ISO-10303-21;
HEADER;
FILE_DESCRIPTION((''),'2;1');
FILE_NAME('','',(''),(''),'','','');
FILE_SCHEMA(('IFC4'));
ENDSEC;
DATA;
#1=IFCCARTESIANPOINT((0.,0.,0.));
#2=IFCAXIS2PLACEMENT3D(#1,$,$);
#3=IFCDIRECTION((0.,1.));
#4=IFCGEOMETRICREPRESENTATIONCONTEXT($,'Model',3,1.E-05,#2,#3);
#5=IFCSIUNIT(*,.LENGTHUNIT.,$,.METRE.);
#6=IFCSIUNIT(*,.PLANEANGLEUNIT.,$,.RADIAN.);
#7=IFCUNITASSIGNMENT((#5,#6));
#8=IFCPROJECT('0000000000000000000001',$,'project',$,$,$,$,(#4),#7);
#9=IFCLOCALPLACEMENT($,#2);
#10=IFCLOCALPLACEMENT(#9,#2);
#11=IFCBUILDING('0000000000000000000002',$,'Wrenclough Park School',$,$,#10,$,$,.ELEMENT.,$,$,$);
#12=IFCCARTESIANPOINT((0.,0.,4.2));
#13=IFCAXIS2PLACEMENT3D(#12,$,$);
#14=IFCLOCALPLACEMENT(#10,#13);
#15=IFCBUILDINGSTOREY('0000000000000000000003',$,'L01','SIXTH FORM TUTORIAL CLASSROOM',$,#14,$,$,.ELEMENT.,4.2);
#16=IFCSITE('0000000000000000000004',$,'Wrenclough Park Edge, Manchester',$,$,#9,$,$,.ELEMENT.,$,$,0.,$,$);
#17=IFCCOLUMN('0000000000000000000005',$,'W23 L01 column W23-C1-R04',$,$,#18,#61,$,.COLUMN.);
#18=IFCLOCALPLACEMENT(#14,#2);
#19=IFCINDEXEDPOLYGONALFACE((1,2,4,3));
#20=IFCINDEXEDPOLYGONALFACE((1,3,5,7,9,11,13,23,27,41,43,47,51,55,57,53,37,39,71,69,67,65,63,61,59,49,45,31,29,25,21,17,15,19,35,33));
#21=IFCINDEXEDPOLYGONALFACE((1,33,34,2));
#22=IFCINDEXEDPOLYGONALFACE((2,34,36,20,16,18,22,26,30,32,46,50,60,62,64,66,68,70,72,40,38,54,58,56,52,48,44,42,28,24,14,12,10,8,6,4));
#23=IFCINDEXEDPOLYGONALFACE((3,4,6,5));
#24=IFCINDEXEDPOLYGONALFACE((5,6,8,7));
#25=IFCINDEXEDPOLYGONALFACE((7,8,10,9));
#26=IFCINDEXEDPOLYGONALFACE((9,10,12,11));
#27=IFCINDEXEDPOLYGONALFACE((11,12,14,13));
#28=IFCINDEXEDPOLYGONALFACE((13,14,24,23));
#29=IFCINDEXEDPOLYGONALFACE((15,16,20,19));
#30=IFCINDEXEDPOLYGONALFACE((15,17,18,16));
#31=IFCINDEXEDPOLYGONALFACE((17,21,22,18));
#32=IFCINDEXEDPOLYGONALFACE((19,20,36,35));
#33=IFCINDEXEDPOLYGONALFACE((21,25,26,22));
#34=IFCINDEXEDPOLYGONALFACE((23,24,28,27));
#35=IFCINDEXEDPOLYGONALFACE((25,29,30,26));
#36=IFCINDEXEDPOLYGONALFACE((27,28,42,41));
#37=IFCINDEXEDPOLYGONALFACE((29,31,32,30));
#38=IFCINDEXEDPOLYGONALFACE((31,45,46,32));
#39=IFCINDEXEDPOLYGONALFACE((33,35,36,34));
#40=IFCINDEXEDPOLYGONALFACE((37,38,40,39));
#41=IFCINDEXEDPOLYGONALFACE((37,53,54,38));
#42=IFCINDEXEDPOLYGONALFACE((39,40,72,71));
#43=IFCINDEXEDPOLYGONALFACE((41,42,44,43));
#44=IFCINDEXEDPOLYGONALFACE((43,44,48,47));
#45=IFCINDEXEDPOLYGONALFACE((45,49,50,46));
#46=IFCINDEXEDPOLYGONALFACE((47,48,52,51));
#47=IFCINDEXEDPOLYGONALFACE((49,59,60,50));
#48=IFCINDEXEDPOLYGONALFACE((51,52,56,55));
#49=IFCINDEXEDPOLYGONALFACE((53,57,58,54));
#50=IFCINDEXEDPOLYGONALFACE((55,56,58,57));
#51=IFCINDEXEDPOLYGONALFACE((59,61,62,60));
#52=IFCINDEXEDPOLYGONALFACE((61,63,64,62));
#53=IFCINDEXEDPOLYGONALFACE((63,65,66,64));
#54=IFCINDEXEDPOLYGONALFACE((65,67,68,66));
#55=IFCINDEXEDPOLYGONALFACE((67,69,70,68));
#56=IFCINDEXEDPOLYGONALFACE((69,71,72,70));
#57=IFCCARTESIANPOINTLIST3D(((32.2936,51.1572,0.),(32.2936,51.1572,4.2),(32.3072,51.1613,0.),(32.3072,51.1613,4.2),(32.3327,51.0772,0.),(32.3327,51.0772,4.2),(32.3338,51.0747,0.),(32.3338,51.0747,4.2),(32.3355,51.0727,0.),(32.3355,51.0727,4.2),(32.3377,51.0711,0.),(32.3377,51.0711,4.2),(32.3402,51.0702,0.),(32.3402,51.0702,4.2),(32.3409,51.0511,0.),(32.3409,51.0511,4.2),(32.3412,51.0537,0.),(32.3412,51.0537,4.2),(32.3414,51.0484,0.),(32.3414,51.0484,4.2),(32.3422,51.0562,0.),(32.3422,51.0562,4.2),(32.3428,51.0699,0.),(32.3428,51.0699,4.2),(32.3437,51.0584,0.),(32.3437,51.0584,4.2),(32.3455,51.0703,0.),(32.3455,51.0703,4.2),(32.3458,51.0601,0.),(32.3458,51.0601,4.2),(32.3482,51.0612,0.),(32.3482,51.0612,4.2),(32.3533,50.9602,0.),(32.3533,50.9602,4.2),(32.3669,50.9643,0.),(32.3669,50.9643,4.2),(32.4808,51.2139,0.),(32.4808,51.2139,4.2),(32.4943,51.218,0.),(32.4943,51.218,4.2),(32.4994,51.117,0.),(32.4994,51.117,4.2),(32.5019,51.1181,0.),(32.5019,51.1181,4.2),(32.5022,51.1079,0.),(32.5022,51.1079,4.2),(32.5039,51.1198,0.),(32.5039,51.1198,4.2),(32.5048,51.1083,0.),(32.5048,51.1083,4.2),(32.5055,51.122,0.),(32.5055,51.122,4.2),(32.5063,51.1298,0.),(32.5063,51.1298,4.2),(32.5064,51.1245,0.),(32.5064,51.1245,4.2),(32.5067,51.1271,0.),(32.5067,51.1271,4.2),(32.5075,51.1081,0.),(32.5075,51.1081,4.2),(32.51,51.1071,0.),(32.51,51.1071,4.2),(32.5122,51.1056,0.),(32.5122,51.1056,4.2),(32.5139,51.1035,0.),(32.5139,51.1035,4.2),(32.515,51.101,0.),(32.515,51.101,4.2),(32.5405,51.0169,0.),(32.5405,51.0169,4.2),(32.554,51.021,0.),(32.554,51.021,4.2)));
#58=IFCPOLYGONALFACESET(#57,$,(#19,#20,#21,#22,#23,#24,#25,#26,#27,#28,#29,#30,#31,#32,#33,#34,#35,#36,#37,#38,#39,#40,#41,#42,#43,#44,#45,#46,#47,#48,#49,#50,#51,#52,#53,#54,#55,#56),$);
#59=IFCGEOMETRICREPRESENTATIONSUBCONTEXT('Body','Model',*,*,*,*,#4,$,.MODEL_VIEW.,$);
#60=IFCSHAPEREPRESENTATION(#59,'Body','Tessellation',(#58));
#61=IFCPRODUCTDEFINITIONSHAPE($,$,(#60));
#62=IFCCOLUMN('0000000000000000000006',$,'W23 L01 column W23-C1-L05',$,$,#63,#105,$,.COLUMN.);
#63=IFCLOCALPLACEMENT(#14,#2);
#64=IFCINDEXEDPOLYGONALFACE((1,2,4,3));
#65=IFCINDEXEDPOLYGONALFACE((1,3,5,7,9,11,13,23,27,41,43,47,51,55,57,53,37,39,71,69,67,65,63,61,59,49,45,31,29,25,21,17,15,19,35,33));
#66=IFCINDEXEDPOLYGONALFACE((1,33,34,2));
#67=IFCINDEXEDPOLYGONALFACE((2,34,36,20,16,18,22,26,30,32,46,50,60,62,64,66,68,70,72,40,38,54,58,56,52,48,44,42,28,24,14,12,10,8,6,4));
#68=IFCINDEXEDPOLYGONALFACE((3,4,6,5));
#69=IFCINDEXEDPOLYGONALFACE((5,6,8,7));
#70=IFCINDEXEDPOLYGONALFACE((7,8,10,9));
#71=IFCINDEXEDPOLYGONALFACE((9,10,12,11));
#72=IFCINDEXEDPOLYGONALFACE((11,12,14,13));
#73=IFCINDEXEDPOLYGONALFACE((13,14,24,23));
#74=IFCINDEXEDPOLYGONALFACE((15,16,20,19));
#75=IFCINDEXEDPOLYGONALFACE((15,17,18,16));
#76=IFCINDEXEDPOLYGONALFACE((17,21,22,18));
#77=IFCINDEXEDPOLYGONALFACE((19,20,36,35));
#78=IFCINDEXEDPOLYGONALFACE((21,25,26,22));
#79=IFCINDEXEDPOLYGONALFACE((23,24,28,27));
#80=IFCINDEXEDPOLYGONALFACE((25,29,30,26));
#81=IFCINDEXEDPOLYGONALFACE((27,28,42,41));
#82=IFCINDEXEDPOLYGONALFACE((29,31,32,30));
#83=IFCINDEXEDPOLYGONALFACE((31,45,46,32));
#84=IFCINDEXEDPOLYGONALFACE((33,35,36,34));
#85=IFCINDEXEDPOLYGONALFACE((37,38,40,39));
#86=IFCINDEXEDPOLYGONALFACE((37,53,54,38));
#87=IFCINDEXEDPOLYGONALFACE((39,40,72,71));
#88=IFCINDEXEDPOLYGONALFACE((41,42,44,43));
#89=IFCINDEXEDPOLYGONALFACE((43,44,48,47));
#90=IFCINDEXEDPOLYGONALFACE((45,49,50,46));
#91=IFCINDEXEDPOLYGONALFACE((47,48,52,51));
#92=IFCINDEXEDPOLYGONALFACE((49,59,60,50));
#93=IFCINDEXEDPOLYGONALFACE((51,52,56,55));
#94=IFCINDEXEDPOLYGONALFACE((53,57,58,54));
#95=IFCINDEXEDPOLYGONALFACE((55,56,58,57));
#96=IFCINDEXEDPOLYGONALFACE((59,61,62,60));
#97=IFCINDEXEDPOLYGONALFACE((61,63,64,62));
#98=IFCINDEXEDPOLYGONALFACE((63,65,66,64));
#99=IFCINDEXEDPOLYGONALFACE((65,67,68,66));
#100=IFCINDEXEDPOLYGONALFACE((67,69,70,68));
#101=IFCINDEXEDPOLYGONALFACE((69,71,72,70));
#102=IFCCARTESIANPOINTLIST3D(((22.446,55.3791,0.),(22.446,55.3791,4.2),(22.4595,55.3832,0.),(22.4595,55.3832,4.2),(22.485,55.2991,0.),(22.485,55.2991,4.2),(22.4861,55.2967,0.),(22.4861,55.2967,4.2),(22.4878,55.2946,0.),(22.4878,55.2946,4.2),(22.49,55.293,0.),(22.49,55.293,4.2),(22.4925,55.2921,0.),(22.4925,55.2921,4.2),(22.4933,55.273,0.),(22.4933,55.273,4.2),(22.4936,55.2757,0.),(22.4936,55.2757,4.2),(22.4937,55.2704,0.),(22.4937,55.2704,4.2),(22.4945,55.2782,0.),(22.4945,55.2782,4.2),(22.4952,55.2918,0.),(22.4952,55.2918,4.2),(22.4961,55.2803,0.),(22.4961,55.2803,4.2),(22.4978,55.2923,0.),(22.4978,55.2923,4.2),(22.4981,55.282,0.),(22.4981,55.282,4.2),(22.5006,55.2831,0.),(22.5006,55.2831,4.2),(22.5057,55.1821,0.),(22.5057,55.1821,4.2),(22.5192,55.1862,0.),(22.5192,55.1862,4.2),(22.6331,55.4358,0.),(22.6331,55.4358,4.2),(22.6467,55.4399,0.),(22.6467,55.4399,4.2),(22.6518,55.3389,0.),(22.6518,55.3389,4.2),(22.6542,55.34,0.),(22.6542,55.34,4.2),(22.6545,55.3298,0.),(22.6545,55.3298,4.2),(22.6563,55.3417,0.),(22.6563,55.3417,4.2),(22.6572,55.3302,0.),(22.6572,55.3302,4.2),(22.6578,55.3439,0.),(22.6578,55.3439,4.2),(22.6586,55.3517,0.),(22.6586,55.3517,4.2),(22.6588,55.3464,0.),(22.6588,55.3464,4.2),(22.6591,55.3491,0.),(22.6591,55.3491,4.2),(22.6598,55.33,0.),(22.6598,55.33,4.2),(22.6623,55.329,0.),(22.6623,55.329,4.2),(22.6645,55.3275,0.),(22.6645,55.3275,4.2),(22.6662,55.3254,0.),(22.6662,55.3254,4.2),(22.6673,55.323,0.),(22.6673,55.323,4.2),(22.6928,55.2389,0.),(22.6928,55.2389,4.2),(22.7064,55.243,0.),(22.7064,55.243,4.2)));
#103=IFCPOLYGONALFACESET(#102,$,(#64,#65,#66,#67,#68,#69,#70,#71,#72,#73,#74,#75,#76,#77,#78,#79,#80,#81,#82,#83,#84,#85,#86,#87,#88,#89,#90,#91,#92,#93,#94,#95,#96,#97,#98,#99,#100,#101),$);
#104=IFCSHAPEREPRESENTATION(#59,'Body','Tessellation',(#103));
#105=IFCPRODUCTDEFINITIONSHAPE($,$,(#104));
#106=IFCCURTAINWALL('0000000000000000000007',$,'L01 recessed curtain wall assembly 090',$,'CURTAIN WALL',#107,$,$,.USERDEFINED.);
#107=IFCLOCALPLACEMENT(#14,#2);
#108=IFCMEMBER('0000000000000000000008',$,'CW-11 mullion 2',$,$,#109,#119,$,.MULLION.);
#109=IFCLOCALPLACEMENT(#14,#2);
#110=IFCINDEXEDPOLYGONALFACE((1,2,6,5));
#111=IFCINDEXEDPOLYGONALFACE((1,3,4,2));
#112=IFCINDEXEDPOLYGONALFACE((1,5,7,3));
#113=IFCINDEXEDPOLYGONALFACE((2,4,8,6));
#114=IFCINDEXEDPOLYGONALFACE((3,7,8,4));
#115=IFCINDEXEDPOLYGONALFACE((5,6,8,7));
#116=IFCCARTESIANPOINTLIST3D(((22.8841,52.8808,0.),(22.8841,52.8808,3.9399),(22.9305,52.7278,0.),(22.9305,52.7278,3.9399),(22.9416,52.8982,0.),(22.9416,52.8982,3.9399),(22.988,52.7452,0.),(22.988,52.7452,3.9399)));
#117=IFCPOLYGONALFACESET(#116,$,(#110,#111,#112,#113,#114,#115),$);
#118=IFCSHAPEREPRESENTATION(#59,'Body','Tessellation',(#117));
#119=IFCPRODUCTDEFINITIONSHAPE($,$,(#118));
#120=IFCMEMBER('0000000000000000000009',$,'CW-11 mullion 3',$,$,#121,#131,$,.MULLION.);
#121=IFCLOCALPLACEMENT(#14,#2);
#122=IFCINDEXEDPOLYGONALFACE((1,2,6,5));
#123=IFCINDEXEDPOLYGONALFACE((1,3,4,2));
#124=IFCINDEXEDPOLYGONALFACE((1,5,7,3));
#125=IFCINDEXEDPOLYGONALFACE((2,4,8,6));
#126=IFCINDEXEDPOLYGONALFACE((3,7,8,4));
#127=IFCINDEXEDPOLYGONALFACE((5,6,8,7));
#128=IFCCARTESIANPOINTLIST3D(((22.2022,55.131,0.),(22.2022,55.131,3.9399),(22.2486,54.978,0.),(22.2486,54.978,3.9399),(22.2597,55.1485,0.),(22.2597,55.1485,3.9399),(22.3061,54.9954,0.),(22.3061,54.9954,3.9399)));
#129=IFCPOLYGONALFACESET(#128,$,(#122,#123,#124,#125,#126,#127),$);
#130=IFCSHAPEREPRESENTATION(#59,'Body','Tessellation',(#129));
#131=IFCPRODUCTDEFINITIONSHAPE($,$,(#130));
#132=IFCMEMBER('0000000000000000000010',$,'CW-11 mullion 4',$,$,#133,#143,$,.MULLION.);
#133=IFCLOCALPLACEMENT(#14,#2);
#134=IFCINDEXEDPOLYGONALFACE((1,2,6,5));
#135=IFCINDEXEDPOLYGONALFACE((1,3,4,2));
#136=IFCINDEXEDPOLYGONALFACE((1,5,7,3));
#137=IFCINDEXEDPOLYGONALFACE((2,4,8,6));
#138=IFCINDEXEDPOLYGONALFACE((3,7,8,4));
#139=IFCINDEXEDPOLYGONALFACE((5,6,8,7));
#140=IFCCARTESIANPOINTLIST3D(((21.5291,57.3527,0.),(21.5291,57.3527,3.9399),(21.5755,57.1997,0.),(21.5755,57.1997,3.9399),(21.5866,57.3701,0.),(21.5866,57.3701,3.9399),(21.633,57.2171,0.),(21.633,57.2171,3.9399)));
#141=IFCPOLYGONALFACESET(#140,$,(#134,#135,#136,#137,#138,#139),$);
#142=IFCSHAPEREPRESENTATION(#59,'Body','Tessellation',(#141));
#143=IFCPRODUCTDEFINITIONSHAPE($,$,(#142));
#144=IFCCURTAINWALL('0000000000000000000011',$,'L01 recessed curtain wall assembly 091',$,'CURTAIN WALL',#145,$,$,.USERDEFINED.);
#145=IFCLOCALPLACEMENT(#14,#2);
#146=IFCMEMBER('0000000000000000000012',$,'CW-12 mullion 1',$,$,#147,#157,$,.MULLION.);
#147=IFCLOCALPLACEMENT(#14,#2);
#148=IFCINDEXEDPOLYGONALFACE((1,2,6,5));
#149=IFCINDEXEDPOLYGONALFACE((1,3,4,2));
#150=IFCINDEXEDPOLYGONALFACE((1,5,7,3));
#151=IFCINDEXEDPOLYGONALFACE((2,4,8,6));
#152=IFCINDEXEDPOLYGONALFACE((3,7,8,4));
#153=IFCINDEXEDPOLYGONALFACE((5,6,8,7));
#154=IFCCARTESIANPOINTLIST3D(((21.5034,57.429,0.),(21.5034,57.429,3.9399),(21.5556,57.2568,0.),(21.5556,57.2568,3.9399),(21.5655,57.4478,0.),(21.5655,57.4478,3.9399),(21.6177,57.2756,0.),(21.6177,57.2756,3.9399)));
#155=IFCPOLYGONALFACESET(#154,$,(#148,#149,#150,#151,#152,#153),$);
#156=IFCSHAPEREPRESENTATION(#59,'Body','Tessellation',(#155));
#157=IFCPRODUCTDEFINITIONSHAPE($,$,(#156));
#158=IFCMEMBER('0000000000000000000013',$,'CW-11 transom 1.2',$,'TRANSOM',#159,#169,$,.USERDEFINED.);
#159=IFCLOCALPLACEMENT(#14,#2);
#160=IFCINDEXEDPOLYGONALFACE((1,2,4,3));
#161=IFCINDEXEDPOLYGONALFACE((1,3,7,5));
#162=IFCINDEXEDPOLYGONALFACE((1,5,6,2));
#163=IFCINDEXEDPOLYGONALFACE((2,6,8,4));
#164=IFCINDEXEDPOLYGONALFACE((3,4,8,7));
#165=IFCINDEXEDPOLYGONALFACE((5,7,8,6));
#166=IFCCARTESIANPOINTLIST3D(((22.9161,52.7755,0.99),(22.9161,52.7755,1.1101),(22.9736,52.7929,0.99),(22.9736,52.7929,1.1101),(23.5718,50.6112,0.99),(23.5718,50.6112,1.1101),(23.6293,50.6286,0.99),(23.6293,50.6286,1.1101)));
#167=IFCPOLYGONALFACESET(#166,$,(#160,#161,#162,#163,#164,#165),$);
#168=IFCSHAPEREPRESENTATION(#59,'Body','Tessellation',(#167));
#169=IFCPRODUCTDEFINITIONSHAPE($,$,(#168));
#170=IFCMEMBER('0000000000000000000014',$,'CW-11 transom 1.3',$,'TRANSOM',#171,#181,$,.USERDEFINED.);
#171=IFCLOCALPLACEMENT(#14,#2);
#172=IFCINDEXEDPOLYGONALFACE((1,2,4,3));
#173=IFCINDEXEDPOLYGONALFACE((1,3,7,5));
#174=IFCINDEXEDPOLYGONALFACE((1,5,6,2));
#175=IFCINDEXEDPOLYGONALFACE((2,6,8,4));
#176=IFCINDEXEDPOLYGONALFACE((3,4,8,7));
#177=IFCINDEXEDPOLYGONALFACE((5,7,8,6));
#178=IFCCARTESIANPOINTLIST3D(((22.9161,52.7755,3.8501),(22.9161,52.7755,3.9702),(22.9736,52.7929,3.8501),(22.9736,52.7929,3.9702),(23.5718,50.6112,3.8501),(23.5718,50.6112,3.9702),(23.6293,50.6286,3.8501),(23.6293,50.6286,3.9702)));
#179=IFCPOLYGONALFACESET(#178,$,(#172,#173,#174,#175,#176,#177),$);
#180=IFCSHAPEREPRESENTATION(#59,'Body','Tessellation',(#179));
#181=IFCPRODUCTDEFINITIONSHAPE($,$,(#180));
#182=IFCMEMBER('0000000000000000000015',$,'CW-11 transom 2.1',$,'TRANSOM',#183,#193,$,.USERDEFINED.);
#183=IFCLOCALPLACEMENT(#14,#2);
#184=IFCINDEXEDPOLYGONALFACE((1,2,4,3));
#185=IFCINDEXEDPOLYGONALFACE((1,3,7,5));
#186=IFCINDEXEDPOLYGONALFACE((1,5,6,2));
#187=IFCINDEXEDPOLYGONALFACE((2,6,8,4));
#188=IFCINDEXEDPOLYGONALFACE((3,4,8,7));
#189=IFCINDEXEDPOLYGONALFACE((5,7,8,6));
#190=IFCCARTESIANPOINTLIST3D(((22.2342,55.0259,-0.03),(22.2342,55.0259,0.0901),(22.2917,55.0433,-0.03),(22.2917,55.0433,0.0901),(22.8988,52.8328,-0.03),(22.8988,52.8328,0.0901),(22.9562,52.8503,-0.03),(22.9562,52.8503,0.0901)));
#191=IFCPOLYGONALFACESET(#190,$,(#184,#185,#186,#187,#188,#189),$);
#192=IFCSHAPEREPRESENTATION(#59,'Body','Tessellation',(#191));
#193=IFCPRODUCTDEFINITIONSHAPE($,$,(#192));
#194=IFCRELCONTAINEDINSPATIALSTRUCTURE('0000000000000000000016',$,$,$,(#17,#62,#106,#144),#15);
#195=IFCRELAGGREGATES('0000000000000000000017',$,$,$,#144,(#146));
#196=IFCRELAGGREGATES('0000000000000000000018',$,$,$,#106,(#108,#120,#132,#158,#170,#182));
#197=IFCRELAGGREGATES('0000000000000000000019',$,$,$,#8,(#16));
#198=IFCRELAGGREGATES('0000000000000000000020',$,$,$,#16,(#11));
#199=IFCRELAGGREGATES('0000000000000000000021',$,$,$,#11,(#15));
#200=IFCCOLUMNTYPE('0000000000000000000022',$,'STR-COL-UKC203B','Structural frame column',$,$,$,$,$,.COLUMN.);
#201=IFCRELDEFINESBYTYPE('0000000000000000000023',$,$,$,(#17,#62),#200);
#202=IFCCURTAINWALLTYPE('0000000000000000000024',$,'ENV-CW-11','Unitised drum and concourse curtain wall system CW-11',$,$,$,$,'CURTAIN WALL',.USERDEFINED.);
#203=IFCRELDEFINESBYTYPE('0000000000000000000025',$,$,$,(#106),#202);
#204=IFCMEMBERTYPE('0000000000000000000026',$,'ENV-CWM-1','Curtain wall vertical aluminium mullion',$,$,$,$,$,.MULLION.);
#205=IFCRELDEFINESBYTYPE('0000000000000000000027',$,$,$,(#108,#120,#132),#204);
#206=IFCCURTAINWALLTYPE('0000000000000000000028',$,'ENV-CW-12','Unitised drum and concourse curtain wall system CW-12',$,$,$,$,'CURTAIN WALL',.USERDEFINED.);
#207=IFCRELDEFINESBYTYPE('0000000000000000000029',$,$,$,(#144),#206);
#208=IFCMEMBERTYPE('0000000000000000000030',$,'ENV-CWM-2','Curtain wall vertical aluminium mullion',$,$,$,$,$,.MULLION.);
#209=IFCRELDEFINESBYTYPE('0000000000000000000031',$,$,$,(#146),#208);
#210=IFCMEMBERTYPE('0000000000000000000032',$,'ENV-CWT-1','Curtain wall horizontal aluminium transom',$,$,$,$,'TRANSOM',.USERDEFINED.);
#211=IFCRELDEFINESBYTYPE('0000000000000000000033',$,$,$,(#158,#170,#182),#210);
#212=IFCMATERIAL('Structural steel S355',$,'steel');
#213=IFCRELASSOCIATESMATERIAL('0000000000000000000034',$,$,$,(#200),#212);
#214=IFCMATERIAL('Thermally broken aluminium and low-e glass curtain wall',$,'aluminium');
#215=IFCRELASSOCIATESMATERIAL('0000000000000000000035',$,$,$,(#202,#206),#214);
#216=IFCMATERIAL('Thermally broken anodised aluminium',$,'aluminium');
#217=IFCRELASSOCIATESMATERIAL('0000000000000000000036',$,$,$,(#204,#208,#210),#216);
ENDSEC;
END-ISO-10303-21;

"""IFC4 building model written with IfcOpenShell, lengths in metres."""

from ifc_helpers import new_model, si_unit, direction, frame, origin, origin_2d, place, context, subcontext, project, spatial, rectangle, i_section, extrude, material, material_profile, profile_set, type_object, element, aggregate, save


model = new_model("IFC4")

# Units and contexts
model_context = context("Model", 3, precision=1e-05, world=origin(), true_north=direction((0.0, 1.0)))
body_context = subcontext(model_context, "Body", "Model", "MODEL_VIEW")
ifc_project = project(units=[si_unit("LENGTHUNIT", "METRE"), si_unit("PLANEANGLEUNIT", "RADIAN")], contexts=[model_context])

# Site, building, storey
site_placement = place(None, origin())
site = spatial("IfcSite", under=ifc_project, at=site_placement, Name="Wrenclough Park Edge, Manchester", CompositionType="ELEMENT", RefElevation=0.0)
building_placement = place(site_placement, origin())
building = spatial("IfcBuilding", under=site, at=building_placement, Name="Wrenclough Park School", CompositionType="ELEMENT")
storey_placement = place(building_placement, frame((0.0, 0.0, 4.2)))
storey = spatial("IfcBuildingStorey", under=building, at=storey_placement, Name="L01", Description="SIXTH FORM TUTORIAL CLASSROOM", CompositionType="ELEMENT", Elevation=4.2)

# Columns
ifc_material_1 = material(Name="Structural steel S355", Category="steel")
ifc_material_profile_1 = material_profile(ifc_material_1, i_section(OverallWidth=0.2058, OverallDepth=0.2097, WebThickness=0.0095, FlangeThickness=0.0142, FilletRadius=0.0103, at=origin_2d()), Name="UKC 203x203x60")
ifc_profile_set_1 = profile_set([ifc_material_profile_1], Name="Structural steel S355")
column_type = type_object("IfcColumnType", Name="STR-COL-UKC203B", Description="Structural frame column", PredefinedType="COLUMN", material=ifc_profile_set_1)
for number, where, z_axis, x_axis, name in (
    (1, (32.4238, 51.0891, 0.0), (0.0, 0.0, 1.0), (-0.290034, 0.957016, 0.0), "W23 L01 column W23-C1-R04"),
    (2, (22.5762, 55.311, 0.0), (0.0, 0.0, 1.0), (-0.290034, 0.957016, 0.0), "W23 L01 column W23-C1-L05"),
):
    element("IfcColumn", number, at=place(storey_placement, frame(where, z_axis=z_axis, x_axis=x_axis)), inside=storey, type_object=column_type, Name=name, PredefinedType="COLUMN", context=body_context, shape_type="SweptSolid", body=[
        extrude(i_section(OverallWidth=0.2058, OverallDepth=0.2097, WebThickness=0.0095, FlangeThickness=0.0142, FilletRadius=0.0103, at=origin_2d()), origin(), (0.0, 0.0, 1.0), 4.2),
    ])

# Curtain wall, members
ifc_material_2 = material(Name="Thermally broken aluminium and low-e glass curtain wall", Category="aluminium")
curtain_wall_type_1 = type_object("IfcCurtainWallType", Name="ENV-CW-11", Description="Unitised drum and concourse curtain wall system CW-11", ElementType="CURTAIN WALL", PredefinedType="USERDEFINED", material=ifc_material_2)
curtain_wall_1_placement = place(storey_placement, origin())
curtain_wall_1 = element("IfcCurtainWall", 3, at=curtain_wall_1_placement, inside=storey, type_object=curtain_wall_type_1, Name="L01 recessed curtain wall assembly 090", ObjectType="CURTAIN WALL", PredefinedType="USERDEFINED")
ifc_material_3 = material(Name="Thermally broken anodised aluminium", Category="aluminium")
ifc_material_profile_2 = material_profile(ifc_material_3, rectangle(XDim=0.0601, YDim=0.1599, at=origin_2d()), Name="AL MULLION 60x160")
ifc_profile_set_2 = profile_set([ifc_material_profile_2], Name="Thermally broken anodised aluminium")
member_type_1 = type_object("IfcMemberType", Name="ENV-CWM-1", Description="Curtain wall vertical aluminium mullion", PredefinedType="MULLION", material=ifc_profile_set_2)
member_1_placement = place(storey_placement, frame((22.936, 52.813, 0.0), z_axis=(0.0, 0.0, 1.0), x_axis=(-0.957029, -0.289992, 0.0)))
member_1 = element("IfcMember", 4, at=member_1_placement, type_object=member_type_1, Name="CW-11 mullion 2", PredefinedType="MULLION", context=body_context, shape_type="SweptSolid", body=[
    extrude(rectangle(XDim=0.0601, YDim=0.1599, at=origin_2d()), origin(), (0.0, 0.0, 1.0), 3.9399),
])
member_2_placement = place(storey_placement, frame((22.2542, 55.0632, 0.0), z_axis=(0.0, 0.0, 1.0), x_axis=(-0.957029, -0.289992, 0.0)))
member_2 = element("IfcMember", 5, at=member_2_placement, type_object=member_type_1, Name="CW-11 mullion 3", PredefinedType="MULLION", context=body_context, shape_type="SweptSolid", body=[
    extrude(rectangle(XDim=0.0601, YDim=0.1599, at=origin_2d()), origin(), (0.0, 0.0, 1.0), 3.9399),
])
member_3_placement = place(storey_placement, frame((21.5811, 57.2849, 0.0), z_axis=(0.0, 0.0, 1.0), x_axis=(-0.957029, -0.289992, 0.0)))
member_3 = element("IfcMember", 6, at=member_3_placement, type_object=member_type_1, Name="CW-11 mullion 4", PredefinedType="MULLION", context=body_context, shape_type="SweptSolid", body=[
    extrude(rectangle(XDim=0.0601, YDim=0.1599, at=origin_2d()), origin(), (0.0, 0.0, 1.0), 3.9399),
])

# Curtain wall, member
curtain_wall_type_2 = type_object("IfcCurtainWallType", Name="ENV-CW-12", Description="Unitised drum and concourse curtain wall system CW-12", ElementType="CURTAIN WALL", PredefinedType="USERDEFINED", material=ifc_material_2)
curtain_wall_2_placement = place(storey_placement, origin())
curtain_wall_2 = element("IfcCurtainWall", 7, at=curtain_wall_2_placement, inside=storey, type_object=curtain_wall_type_2, Name="L01 recessed curtain wall assembly 091", ObjectType="CURTAIN WALL", PredefinedType="USERDEFINED")
ifc_material_profile_3 = material_profile(ifc_material_3, rectangle(XDim=0.0649, YDim=0.1799, at=origin_2d()), Name="AL MULLION 65x180")
ifc_profile_set_3 = profile_set([ifc_material_profile_3], Name="Thermally broken anodised aluminium")
member_type_2 = type_object("IfcMemberType", Name="ENV-CWM-2", Description="Curtain wall vertical aluminium mullion", PredefinedType="MULLION", material=ifc_profile_set_3)
member_4_placement = place(storey_placement, frame((21.5605, 57.3523, 0.0), z_axis=(0.0, 0.0, 1.0), x_axis=(-0.95703, -0.289988, 0.0)))
member_4 = element("IfcMember", 8, at=member_4_placement, type_object=member_type_2, Name="CW-12 mullion 1", PredefinedType="MULLION", context=body_context, shape_type="SweptSolid", body=[
    extrude(rectangle(XDim=0.0649, YDim=0.1799, at=origin_2d()), origin(), (0.0, 0.0, 1.0), 3.9399),
])
aggregate(curtain_wall_2, [member_4])

# Members
ifc_material_profile_4 = material_profile(ifc_material_3, rectangle(XDim=0.0601, YDim=0.1201, at=origin_2d()), Name="AL TRANSOM 60x120")
ifc_profile_set_4 = profile_set([ifc_material_profile_4], Name="Thermally broken anodised aluminium")
member_type_3 = type_object("IfcMemberType", Name="ENV-CWT-1", Description="Curtain wall horizontal aluminium transom", ElementType="TRANSOM", PredefinedType="USERDEFINED", material=ifc_profile_set_4)
member_5_placement = place(storey_placement, frame((23.6006, 50.6199, 1.05), z_axis=(-0.289971, 0.957035, 0.0), x_axis=(-0.957035, -0.289971, 0.0)))
member_5 = element("IfcMember", 9, at=member_5_placement, type_object=member_type_3, Name="CW-11 transom 1.2", ObjectType="TRANSOM", PredefinedType="USERDEFINED", context=body_context, shape_type="SweptSolid", body=[
    extrude(rectangle(XDim=0.0601, YDim=0.1201, at=origin_2d()), origin(), (0.0, 0.0, 1.0), 2.2615),
])
member_6_placement = place(storey_placement, frame((23.6006, 50.6199, 3.9102), z_axis=(-0.289971, 0.957035, 0.0), x_axis=(-0.957035, -0.289971, 0.0)))
member_6 = element("IfcMember", 10, at=member_6_placement, type_object=member_type_3, Name="CW-11 transom 1.3", ObjectType="TRANSOM", PredefinedType="USERDEFINED", context=body_context, shape_type="SweptSolid", body=[
    extrude(rectangle(XDim=0.0601, YDim=0.1201, at=origin_2d()), origin(), (0.0, 0.0, 1.0), 2.2615),
])
member_7_placement = place(storey_placement, frame((22.9275, 52.8416, 0.03), z_axis=(-0.289996, 0.957028, 0.0), x_axis=(-0.957028, -0.289996, 0.0)))
member_7 = element("IfcMember", 11, at=member_7_placement, type_object=member_type_3, Name="CW-11 transom 2.1", ObjectType="TRANSOM", PredefinedType="USERDEFINED", context=body_context, shape_type="SweptSolid", body=[
    extrude(rectangle(XDim=0.0601, YDim=0.1201, at=origin_2d()), origin(), (0.0, 0.0, 1.0), 2.2915),
])

aggregate(curtain_wall_1, [member_1, member_2, member_3, member_5, member_6, member_7])

save(model, "model.ifc")
